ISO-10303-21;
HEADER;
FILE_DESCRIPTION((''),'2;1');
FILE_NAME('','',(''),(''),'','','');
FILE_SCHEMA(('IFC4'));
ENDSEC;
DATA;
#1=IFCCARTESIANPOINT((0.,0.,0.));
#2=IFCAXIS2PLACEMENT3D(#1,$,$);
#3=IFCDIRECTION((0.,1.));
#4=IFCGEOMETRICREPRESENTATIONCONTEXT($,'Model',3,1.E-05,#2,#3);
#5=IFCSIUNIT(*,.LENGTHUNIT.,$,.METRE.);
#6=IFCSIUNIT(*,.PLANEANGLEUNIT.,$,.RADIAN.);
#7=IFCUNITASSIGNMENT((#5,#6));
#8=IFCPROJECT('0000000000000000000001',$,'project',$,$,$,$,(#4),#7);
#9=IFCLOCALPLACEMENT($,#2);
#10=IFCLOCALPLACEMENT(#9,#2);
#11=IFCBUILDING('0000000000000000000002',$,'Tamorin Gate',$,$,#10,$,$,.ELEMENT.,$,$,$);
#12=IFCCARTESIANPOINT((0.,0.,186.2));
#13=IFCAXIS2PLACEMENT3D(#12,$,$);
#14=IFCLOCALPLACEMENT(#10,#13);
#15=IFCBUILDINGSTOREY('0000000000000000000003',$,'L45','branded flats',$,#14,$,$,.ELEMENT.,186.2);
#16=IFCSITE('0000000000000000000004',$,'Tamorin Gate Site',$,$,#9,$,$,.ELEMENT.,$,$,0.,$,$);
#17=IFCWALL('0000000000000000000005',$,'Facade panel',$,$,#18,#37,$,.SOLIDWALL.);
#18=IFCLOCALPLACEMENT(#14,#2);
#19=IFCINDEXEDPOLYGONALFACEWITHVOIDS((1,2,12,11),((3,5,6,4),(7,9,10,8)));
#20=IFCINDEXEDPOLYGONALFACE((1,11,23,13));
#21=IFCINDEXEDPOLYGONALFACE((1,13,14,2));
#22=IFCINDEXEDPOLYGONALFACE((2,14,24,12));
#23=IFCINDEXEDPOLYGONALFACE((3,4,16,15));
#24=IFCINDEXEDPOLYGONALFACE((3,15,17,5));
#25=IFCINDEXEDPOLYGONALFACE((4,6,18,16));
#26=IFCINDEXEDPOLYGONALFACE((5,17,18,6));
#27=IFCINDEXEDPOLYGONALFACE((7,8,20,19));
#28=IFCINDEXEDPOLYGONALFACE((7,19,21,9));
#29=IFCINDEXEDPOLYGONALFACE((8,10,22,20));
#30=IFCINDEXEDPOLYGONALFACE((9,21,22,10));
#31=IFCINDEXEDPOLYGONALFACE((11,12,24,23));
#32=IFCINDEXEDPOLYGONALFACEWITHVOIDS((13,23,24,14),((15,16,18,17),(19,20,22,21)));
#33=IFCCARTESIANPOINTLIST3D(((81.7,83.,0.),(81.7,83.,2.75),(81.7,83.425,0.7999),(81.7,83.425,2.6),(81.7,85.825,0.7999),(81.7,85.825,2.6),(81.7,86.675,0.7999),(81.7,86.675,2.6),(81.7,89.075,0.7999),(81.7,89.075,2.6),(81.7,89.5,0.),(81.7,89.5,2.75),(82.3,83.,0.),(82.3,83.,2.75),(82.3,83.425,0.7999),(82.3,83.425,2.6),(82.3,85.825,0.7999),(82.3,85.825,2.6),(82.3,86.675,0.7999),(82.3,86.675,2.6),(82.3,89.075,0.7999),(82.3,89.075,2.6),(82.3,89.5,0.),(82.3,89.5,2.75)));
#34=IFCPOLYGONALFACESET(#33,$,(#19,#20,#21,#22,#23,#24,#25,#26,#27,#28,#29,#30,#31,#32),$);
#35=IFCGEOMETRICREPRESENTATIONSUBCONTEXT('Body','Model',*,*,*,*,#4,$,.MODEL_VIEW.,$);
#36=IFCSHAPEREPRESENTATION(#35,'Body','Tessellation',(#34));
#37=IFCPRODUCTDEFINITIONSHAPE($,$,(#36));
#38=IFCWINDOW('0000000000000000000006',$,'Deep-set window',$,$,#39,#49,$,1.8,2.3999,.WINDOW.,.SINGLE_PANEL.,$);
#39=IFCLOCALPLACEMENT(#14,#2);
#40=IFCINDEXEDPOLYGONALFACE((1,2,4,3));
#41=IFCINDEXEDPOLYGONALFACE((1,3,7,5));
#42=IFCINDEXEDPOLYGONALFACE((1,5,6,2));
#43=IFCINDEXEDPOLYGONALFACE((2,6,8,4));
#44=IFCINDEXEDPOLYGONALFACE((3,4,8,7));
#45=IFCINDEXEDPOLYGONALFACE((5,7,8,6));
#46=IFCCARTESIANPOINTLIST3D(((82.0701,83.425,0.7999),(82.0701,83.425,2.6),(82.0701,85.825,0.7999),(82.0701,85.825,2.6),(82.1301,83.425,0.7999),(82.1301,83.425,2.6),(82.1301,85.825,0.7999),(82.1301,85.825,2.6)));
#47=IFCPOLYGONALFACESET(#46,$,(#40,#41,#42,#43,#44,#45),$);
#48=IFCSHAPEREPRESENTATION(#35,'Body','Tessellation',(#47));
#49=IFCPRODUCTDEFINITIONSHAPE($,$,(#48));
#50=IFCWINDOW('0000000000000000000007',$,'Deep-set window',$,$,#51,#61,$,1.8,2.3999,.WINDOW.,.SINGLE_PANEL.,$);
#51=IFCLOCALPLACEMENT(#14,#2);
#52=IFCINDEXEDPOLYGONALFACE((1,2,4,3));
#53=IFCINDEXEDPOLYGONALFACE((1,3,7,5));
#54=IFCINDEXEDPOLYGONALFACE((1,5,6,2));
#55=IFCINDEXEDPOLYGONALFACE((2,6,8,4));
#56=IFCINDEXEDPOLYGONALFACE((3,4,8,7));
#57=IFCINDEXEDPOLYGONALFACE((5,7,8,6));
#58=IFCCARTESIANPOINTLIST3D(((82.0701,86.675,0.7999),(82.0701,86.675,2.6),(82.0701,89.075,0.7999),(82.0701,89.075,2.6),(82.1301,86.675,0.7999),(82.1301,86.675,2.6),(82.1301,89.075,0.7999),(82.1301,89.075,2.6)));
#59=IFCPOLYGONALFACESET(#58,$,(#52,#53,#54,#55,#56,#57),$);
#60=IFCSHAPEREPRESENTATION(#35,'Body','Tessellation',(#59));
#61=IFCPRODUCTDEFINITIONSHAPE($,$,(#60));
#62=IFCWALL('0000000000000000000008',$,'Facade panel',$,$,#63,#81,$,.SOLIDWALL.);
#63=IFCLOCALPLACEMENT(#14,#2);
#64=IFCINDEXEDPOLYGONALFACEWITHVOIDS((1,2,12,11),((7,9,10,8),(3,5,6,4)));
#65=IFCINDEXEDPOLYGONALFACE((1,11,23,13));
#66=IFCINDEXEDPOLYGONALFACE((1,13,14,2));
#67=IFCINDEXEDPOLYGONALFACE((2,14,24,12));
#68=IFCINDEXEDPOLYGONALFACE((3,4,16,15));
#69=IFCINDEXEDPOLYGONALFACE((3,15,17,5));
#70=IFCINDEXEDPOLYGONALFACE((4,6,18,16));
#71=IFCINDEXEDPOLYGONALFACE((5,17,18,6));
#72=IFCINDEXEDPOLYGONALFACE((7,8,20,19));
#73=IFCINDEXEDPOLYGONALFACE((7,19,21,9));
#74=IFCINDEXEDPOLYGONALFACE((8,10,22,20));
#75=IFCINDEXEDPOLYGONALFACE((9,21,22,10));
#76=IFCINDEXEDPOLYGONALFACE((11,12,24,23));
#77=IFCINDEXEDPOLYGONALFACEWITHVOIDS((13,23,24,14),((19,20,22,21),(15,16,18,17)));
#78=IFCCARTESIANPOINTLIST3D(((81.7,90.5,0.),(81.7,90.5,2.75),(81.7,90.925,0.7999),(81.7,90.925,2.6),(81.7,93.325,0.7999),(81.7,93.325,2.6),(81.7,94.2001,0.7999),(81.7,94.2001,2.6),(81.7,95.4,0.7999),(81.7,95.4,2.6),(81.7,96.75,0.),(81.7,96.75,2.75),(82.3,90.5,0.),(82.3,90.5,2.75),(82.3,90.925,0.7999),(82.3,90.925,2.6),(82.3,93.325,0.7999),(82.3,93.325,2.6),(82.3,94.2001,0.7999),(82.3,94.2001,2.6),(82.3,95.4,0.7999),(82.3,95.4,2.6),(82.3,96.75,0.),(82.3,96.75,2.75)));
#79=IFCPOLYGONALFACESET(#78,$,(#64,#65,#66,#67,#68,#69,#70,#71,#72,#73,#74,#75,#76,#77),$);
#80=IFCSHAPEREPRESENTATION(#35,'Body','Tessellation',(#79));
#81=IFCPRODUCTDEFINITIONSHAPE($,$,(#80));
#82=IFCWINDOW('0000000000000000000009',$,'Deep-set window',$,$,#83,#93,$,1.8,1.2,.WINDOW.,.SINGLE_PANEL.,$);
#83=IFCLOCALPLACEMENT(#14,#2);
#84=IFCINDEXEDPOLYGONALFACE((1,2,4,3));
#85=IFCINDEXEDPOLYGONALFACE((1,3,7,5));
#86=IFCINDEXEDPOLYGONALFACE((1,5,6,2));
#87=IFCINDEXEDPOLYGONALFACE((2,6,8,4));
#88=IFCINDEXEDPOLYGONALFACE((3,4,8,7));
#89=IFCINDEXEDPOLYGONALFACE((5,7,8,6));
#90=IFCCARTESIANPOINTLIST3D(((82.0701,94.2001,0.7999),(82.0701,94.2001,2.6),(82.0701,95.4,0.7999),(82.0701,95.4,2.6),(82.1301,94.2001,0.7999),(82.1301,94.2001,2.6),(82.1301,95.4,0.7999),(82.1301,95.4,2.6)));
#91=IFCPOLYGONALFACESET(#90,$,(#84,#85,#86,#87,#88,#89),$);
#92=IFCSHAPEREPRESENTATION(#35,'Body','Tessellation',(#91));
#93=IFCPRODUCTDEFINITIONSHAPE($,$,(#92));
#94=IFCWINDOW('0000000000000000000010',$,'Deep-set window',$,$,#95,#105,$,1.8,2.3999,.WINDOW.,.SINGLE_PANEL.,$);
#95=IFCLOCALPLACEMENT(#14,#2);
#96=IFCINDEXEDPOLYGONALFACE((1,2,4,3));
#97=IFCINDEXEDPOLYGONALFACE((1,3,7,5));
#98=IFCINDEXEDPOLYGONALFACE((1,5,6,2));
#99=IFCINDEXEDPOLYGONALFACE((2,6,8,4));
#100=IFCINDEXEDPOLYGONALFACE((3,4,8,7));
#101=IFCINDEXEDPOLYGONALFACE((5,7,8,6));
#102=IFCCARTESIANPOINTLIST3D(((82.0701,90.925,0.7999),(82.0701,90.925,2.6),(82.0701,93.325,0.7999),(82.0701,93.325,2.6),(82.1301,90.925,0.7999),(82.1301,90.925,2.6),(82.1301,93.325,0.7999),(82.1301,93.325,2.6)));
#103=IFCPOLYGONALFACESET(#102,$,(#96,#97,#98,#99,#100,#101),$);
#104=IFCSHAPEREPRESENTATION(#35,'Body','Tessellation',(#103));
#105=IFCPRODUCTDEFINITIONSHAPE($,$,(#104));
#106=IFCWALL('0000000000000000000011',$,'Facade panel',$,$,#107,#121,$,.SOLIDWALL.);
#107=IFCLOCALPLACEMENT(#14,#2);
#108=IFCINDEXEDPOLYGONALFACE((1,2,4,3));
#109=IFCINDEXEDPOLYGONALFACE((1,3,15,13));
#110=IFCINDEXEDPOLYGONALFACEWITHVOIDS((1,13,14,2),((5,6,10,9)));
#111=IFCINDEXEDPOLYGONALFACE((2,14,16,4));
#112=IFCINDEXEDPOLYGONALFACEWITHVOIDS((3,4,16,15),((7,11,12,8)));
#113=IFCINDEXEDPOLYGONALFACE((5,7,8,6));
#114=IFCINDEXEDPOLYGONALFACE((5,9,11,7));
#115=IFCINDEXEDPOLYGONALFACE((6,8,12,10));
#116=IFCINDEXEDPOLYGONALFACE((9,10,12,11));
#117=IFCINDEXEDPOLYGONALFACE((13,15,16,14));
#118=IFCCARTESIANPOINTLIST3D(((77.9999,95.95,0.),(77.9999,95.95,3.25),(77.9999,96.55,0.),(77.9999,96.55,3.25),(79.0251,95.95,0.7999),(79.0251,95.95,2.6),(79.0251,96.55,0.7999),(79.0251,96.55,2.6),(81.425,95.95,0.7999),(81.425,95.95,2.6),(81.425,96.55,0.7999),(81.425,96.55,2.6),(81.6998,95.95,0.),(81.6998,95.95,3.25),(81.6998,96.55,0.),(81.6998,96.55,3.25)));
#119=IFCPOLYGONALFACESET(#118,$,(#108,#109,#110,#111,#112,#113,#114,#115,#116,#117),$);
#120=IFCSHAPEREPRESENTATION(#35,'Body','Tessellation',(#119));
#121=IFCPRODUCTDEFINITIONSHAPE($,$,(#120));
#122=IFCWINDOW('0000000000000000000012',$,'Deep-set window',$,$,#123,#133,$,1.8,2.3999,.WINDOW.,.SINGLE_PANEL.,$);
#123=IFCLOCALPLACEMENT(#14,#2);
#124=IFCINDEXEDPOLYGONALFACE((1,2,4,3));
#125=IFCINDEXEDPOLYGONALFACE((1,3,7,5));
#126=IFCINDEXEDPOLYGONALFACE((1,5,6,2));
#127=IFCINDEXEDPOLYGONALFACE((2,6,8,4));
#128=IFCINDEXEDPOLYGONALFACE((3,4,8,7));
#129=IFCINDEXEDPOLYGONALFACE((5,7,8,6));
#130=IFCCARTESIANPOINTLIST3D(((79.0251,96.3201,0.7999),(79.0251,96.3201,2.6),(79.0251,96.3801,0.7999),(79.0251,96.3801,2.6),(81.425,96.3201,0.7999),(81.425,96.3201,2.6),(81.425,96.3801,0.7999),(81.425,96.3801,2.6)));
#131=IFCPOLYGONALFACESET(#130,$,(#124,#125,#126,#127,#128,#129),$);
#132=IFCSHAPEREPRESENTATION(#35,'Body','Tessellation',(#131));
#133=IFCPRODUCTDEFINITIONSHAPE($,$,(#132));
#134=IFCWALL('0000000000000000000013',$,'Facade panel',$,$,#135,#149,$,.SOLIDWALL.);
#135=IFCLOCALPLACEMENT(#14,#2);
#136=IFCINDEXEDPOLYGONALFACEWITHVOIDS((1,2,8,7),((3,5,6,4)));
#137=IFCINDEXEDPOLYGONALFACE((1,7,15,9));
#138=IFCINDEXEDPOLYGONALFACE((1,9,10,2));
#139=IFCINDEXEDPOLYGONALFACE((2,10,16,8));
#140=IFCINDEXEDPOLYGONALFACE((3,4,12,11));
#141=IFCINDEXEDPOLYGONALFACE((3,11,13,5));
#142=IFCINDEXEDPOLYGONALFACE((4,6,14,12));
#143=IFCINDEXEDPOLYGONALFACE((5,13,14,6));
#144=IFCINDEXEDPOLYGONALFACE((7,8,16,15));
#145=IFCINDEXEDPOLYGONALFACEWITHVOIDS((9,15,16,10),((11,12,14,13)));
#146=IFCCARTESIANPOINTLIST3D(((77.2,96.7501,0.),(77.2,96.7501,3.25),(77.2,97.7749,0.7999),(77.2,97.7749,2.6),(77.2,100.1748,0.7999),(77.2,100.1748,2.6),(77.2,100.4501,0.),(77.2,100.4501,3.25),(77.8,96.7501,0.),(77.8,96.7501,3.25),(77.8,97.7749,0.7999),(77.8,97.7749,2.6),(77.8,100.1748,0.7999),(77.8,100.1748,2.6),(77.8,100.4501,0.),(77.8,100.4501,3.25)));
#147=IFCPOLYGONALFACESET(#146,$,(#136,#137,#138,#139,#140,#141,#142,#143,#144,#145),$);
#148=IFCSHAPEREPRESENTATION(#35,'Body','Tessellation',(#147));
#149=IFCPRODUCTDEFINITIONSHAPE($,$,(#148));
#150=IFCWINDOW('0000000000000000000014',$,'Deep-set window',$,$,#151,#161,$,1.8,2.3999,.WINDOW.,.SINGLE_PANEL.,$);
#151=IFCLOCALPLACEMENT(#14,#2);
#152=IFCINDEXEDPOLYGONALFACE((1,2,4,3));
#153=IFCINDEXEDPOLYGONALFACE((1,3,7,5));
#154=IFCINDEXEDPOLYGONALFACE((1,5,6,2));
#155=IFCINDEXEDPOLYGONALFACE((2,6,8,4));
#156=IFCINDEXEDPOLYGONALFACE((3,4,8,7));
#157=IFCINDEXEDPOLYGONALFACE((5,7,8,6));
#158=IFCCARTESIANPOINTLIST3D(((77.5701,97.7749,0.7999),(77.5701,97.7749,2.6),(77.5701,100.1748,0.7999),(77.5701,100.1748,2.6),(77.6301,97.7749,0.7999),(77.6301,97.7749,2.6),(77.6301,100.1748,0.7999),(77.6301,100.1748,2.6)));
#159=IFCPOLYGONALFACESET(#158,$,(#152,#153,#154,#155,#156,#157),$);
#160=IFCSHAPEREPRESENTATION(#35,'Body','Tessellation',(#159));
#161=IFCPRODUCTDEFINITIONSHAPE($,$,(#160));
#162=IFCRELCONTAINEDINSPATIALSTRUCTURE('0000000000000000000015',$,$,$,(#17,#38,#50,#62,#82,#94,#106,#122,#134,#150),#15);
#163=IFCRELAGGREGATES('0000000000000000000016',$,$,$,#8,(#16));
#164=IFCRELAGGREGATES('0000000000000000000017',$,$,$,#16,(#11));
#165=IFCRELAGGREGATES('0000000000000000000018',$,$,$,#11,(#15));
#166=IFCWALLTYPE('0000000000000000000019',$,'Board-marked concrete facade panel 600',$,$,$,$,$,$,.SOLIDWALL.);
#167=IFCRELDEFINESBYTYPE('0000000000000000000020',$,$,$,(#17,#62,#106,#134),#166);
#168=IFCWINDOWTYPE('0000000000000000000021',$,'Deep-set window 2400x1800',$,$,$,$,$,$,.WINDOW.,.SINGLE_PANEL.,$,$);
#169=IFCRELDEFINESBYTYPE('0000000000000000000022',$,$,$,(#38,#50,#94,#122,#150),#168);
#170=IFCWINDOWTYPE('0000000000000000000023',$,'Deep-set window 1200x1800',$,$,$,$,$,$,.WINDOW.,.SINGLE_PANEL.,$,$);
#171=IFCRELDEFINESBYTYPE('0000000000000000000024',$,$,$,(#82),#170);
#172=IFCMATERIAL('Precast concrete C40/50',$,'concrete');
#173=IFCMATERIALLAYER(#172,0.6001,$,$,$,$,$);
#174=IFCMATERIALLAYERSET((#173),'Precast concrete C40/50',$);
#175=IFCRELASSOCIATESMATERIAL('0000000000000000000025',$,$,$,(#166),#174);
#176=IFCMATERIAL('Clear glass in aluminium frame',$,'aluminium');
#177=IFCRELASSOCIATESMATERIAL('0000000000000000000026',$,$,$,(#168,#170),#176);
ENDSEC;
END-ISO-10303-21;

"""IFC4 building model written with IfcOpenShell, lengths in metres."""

from ifc_helpers import new_model, si_unit, direction, frame, frame_2d, origin, place, context, subcontext, project, spatial, rectangle, extrude, material, layer, layer_set, type_object, element, fill, save


model = new_model("IFC4")

# Units and contexts
model_context = context("Model", 3, precision=1e-05, world=origin(), true_north=direction((0.0, 1.0)))
body_context = subcontext(model_context, "Body", "Model", "MODEL_VIEW")
ifc_project = project(units=[si_unit("LENGTHUNIT", "METRE"), si_unit("PLANEANGLEUNIT", "RADIAN")], contexts=[model_context])

# Site, building, storey
site_placement = place(None, origin())
site = spatial("IfcSite", under=ifc_project, at=site_placement, Name="Tamorin Gate Site", CompositionType="ELEMENT", RefElevation=0.0)
building_placement = place(site_placement, origin())
building = spatial("IfcBuilding", under=site, at=building_placement, Name="Tamorin Gate", CompositionType="ELEMENT")
storey_placement = place(building_placement, frame((0.0, 0.0, 186.2)))
storey = spatial("IfcBuildingStorey", under=building, at=storey_placement, Name="L45", Description="branded flats", CompositionType="ELEMENT", Elevation=186.2)

# Walls, openings, windows
ifc_material_1 = material(Name="Precast concrete C40/50", Category="concrete")
ifc_layer = layer(ifc_material_1, 0.6001)
ifc_layer_set = layer_set([ifc_layer], Name="Precast concrete C40/50")
wall_type = type_object("IfcWallType", Name="Board-marked concrete facade panel 600", PredefinedType="SOLIDWALL", material=ifc_layer_set)
wall_1_placement = place(storey_placement, frame((82.0, 83.0, 0.0), z_axis=(0.0, 0.0, 1.0), x_axis=(0.0, 1.0, 0.0)))
wall_1 = element("IfcWall", 1, at=wall_1_placement, inside=storey, type_object=wall_type, Name="Facade panel", PredefinedType="SOLIDWALL", context=body_context, shape_type="SweptSolid", body=[
    extrude(rectangle(XDim=6.5, YDim=0.6001, at=frame_2d((3.25, 0.0))), origin(), (0.0, 0.0, 1.0), 2.75),
])
opening_1_placement = place(wall_1_placement, frame((0.425, 0.0, 0.8)))
opening_1 = element("IfcOpeningElement", 2, at=opening_1_placement, cuts=wall_1, PredefinedType="OPENING", context=body_context, shape_type="SweptSolid", body=[
    extrude(rectangle(XDim=2.3999, YDim=1.8, at=frame_2d((1.2, 0.8999))), frame((0.0, 0.3101, 0.0), z_axis=(0.0, -1.0, 0.0), x_axis=(1.0, 0.0, 0.0)), (0.0, 0.0, 1.0), 0.6201),
])
opening_2_placement = place(wall_1_placement, frame((3.675, 0.0, 0.8)))
opening_2 = element("IfcOpeningElement", 3, at=opening_2_placement, cuts=wall_1, PredefinedType="OPENING", context=body_context, shape_type="SweptSolid", body=[
    extrude(rectangle(XDim=2.3999, YDim=1.8, at=frame_2d((1.2, 0.8999))), frame((0.0, 0.3101, 0.0), z_axis=(0.0, -1.0, 0.0), x_axis=(1.0, 0.0, 0.0)), (0.0, 0.0, 1.0), 0.6201),
])
ifc_material_2 = material(Name="Clear glass in aluminium frame", Category="aluminium")
window_type_1 = type_object("IfcWindowType", Name="Deep-set window 2400x1800", PartitioningType="SINGLE_PANEL", PredefinedType="WINDOW", material=ifc_material_2)
window_1_placement = place(opening_1_placement, origin())
window_1 = element("IfcWindow", 4, at=window_1_placement, inside=storey, type_object=window_type_1, Name="Deep-set window", OverallHeight=1.8, OverallWidth=2.3999, PartitioningType="SINGLE_PANEL", PredefinedType="WINDOW", context=body_context, shape_type="SweptSolid", body=[
    extrude(rectangle(XDim=2.3999, YDim=1.8, at=frame_2d((1.2, 0.8999))), frame((0.0, -0.0701, 0.0), z_axis=(0.0, -1.0, 0.0), x_axis=(1.0, 0.0, 0.0)), (0.0, 0.0, 1.0), 0.0601),
])
fill(opening_1, window_1)
window_2_placement = place(opening_2_placement, origin())
window_2 = element("IfcWindow", 5, at=window_2_placement, inside=storey, type_object=window_type_1, Name="Deep-set window", OverallHeight=1.8, OverallWidth=2.3999, PartitioningType="SINGLE_PANEL", PredefinedType="WINDOW", context=body_context, shape_type="SweptSolid", body=[
    extrude(rectangle(XDim=2.3999, YDim=1.8, at=frame_2d((1.2, 0.8999))), frame((0.0, -0.0701, 0.0), z_axis=(0.0, -1.0, 0.0), x_axis=(1.0, 0.0, 0.0)), (0.0, 0.0, 1.0), 0.0601),
])
fill(opening_2, window_2)
wall_2_placement = place(storey_placement, frame((82.0, 90.5, 0.0), z_axis=(0.0, 0.0, 1.0), x_axis=(0.0, 1.0, 0.0)))
wall_2 = element("IfcWall", 6, at=wall_2_placement, inside=storey, type_object=wall_type, Name="Facade panel", PredefinedType="SOLIDWALL", context=body_context, shape_type="SweptSolid", body=[
    extrude(rectangle(XDim=6.25, YDim=0.6001, at=frame_2d((3.125, 0.0))), origin(), (0.0, 0.0, 1.0), 2.75),
])
opening_3_placement = place(wall_2_placement, frame((0.425, 0.0, 0.8)))
opening_3 = element("IfcOpeningElement", 7, at=opening_3_placement, cuts=wall_2, PredefinedType="OPENING", context=body_context, shape_type="SweptSolid", body=[
    extrude(rectangle(XDim=2.3999, YDim=1.8, at=frame_2d((1.2, 0.8999))), frame((0.0, 0.3101, 0.0), z_axis=(0.0, -1.0, 0.0), x_axis=(1.0, 0.0, 0.0)), (0.0, 0.0, 1.0), 0.6201),
])
opening_4_placement = place(wall_2_placement, frame((3.7, 0.0, 0.8)))
opening_4 = element("IfcOpeningElement", 8, at=opening_4_placement, cuts=wall_2, PredefinedType="OPENING", context=body_context, shape_type="SweptSolid", body=[
    extrude(rectangle(XDim=1.2, YDim=1.8, at=frame_2d((0.6001, 0.8999))), frame((0.0, 0.3101, 0.0), z_axis=(0.0, -1.0, 0.0), x_axis=(1.0, 0.0, 0.0)), (0.0, 0.0, 1.0), 0.6201),
])
window_type_2 = type_object("IfcWindowType", Name="Deep-set window 1200x1800", PartitioningType="SINGLE_PANEL", PredefinedType="WINDOW", material=ifc_material_2)
window_3_placement = place(opening_4_placement, origin())
window_3 = element("IfcWindow", 9, at=window_3_placement, inside=storey, type_object=window_type_2, Name="Deep-set window", OverallHeight=1.8, OverallWidth=1.2, PartitioningType="SINGLE_PANEL", PredefinedType="WINDOW", context=body_context, shape_type="SweptSolid", body=[
    extrude(rectangle(XDim=1.2, YDim=1.8, at=frame_2d((0.6001, 0.8999))), frame((0.0, -0.0701, 0.0), z_axis=(0.0, -1.0, 0.0), x_axis=(1.0, 0.0, 0.0)), (0.0, 0.0, 1.0), 0.0601),
])
fill(opening_4, window_3)
window_4_placement = place(opening_3_placement, origin())
window_4 = element("IfcWindow", 10, at=window_4_placement, inside=storey, type_object=window_type_1, Name="Deep-set window", OverallHeight=1.8, OverallWidth=2.3999, PartitioningType="SINGLE_PANEL", PredefinedType="WINDOW", context=body_context, shape_type="SweptSolid", body=[
    extrude(rectangle(XDim=2.3999, YDim=1.8, at=frame_2d((1.2, 0.8999))), frame((0.0, -0.0701, 0.0), z_axis=(0.0, -1.0, 0.0), x_axis=(1.0, 0.0, 0.0)), (0.0, 0.0, 1.0), 0.0601),
])
fill(opening_3, window_4)

# Walls, openings, windows
wall_3_placement = place(storey_placement, frame((81.7, 96.25, 0.0), z_axis=(0.0, 0.0, 1.0), x_axis=(-1.0, 0.0, 0.0)))
wall_3 = element("IfcWall", 11, at=wall_3_placement, inside=storey, type_object=wall_type, Name="Facade panel", PredefinedType="SOLIDWALL", context=body_context, shape_type="SweptSolid", body=[
    extrude(rectangle(XDim=3.7, YDim=0.6001, at=frame_2d((1.8501, 0.0))), origin(), (0.0, 0.0, 1.0), 3.25),
])
opening_5_placement = place(wall_3_placement, frame((0.2749, 0.0, 0.8)))
opening_5 = element("IfcOpeningElement", 12, at=opening_5_placement, cuts=wall_3, PredefinedType="OPENING", context=body_context, shape_type="SweptSolid", body=[
    extrude(rectangle(XDim=2.3999, YDim=1.8, at=frame_2d((1.2, 0.8999))), frame((0.0, 0.3101, 0.0), z_axis=(0.0, -1.0, 0.0), x_axis=(1.0, 0.0, 0.0)), (0.0, 0.0, 1.0), 0.6201),
])
window_5_placement = place(opening_5_placement, origin())
window_5 = element("IfcWindow", 13, at=window_5_placement, inside=storey, type_object=window_type_1, Name="Deep-set window", OverallHeight=1.8, OverallWidth=2.3999, PartitioningType="SINGLE_PANEL", PredefinedType="WINDOW", context=body_context, shape_type="SweptSolid", body=[
    extrude(rectangle(XDim=2.3999, YDim=1.8, at=frame_2d((1.2, 0.8999))), frame((0.0, -0.0701, 0.0), z_axis=(0.0, -1.0, 0.0), x_axis=(1.0, 0.0, 0.0)), (0.0, 0.0, 1.0), 0.0601),
])
fill(opening_5, window_5)
wall_4_placement = place(storey_placement, frame((77.5, 96.75, 0.0), z_axis=(0.0, 0.0, 1.0), x_axis=(0.0, 1.0, 0.0)))
wall_4 = element("IfcWall", 14, at=wall_4_placement, inside=storey, type_object=wall_type, Name="Facade panel", PredefinedType="SOLIDWALL", context=body_context, shape_type="SweptSolid", body=[
    extrude(rectangle(XDim=3.7, YDim=0.6001, at=frame_2d((1.8501, 0.0))), origin(), (0.0, 0.0, 1.0), 3.25),
])
opening_6_placement = place(wall_4_placement, frame((1.0249, 0.0, 0.8)))
opening_6 = element("IfcOpeningElement", 15, at=opening_6_placement, cuts=wall_4, PredefinedType="OPENING", context=body_context, shape_type="SweptSolid", body=[
    extrude(rectangle(XDim=2.3999, YDim=1.8, at=frame_2d((1.2, 0.8999))), frame((0.0, 0.3101, 0.0), z_axis=(0.0, -1.0, 0.0), x_axis=(1.0, 0.0, 0.0)), (0.0, 0.0, 1.0), 0.6201),
])
window_6_placement = place(opening_6_placement, origin())
window_6 = element("IfcWindow", 16, at=window_6_placement, inside=storey, type_object=window_type_1, Name="Deep-set window", OverallHeight=1.8, OverallWidth=2.3999, PartitioningType="SINGLE_PANEL", PredefinedType="WINDOW", context=body_context, shape_type="SweptSolid", body=[
    extrude(rectangle(XDim=2.3999, YDim=1.8, at=frame_2d((1.2, 0.8999))), frame((0.0, -0.0701, 0.0), z_axis=(0.0, -1.0, 0.0), x_axis=(1.0, 0.0, 0.0)), (0.0, 0.0, 1.0), 0.0601),
])
fill(opening_6, window_6)

save(model, "model.ifc")
